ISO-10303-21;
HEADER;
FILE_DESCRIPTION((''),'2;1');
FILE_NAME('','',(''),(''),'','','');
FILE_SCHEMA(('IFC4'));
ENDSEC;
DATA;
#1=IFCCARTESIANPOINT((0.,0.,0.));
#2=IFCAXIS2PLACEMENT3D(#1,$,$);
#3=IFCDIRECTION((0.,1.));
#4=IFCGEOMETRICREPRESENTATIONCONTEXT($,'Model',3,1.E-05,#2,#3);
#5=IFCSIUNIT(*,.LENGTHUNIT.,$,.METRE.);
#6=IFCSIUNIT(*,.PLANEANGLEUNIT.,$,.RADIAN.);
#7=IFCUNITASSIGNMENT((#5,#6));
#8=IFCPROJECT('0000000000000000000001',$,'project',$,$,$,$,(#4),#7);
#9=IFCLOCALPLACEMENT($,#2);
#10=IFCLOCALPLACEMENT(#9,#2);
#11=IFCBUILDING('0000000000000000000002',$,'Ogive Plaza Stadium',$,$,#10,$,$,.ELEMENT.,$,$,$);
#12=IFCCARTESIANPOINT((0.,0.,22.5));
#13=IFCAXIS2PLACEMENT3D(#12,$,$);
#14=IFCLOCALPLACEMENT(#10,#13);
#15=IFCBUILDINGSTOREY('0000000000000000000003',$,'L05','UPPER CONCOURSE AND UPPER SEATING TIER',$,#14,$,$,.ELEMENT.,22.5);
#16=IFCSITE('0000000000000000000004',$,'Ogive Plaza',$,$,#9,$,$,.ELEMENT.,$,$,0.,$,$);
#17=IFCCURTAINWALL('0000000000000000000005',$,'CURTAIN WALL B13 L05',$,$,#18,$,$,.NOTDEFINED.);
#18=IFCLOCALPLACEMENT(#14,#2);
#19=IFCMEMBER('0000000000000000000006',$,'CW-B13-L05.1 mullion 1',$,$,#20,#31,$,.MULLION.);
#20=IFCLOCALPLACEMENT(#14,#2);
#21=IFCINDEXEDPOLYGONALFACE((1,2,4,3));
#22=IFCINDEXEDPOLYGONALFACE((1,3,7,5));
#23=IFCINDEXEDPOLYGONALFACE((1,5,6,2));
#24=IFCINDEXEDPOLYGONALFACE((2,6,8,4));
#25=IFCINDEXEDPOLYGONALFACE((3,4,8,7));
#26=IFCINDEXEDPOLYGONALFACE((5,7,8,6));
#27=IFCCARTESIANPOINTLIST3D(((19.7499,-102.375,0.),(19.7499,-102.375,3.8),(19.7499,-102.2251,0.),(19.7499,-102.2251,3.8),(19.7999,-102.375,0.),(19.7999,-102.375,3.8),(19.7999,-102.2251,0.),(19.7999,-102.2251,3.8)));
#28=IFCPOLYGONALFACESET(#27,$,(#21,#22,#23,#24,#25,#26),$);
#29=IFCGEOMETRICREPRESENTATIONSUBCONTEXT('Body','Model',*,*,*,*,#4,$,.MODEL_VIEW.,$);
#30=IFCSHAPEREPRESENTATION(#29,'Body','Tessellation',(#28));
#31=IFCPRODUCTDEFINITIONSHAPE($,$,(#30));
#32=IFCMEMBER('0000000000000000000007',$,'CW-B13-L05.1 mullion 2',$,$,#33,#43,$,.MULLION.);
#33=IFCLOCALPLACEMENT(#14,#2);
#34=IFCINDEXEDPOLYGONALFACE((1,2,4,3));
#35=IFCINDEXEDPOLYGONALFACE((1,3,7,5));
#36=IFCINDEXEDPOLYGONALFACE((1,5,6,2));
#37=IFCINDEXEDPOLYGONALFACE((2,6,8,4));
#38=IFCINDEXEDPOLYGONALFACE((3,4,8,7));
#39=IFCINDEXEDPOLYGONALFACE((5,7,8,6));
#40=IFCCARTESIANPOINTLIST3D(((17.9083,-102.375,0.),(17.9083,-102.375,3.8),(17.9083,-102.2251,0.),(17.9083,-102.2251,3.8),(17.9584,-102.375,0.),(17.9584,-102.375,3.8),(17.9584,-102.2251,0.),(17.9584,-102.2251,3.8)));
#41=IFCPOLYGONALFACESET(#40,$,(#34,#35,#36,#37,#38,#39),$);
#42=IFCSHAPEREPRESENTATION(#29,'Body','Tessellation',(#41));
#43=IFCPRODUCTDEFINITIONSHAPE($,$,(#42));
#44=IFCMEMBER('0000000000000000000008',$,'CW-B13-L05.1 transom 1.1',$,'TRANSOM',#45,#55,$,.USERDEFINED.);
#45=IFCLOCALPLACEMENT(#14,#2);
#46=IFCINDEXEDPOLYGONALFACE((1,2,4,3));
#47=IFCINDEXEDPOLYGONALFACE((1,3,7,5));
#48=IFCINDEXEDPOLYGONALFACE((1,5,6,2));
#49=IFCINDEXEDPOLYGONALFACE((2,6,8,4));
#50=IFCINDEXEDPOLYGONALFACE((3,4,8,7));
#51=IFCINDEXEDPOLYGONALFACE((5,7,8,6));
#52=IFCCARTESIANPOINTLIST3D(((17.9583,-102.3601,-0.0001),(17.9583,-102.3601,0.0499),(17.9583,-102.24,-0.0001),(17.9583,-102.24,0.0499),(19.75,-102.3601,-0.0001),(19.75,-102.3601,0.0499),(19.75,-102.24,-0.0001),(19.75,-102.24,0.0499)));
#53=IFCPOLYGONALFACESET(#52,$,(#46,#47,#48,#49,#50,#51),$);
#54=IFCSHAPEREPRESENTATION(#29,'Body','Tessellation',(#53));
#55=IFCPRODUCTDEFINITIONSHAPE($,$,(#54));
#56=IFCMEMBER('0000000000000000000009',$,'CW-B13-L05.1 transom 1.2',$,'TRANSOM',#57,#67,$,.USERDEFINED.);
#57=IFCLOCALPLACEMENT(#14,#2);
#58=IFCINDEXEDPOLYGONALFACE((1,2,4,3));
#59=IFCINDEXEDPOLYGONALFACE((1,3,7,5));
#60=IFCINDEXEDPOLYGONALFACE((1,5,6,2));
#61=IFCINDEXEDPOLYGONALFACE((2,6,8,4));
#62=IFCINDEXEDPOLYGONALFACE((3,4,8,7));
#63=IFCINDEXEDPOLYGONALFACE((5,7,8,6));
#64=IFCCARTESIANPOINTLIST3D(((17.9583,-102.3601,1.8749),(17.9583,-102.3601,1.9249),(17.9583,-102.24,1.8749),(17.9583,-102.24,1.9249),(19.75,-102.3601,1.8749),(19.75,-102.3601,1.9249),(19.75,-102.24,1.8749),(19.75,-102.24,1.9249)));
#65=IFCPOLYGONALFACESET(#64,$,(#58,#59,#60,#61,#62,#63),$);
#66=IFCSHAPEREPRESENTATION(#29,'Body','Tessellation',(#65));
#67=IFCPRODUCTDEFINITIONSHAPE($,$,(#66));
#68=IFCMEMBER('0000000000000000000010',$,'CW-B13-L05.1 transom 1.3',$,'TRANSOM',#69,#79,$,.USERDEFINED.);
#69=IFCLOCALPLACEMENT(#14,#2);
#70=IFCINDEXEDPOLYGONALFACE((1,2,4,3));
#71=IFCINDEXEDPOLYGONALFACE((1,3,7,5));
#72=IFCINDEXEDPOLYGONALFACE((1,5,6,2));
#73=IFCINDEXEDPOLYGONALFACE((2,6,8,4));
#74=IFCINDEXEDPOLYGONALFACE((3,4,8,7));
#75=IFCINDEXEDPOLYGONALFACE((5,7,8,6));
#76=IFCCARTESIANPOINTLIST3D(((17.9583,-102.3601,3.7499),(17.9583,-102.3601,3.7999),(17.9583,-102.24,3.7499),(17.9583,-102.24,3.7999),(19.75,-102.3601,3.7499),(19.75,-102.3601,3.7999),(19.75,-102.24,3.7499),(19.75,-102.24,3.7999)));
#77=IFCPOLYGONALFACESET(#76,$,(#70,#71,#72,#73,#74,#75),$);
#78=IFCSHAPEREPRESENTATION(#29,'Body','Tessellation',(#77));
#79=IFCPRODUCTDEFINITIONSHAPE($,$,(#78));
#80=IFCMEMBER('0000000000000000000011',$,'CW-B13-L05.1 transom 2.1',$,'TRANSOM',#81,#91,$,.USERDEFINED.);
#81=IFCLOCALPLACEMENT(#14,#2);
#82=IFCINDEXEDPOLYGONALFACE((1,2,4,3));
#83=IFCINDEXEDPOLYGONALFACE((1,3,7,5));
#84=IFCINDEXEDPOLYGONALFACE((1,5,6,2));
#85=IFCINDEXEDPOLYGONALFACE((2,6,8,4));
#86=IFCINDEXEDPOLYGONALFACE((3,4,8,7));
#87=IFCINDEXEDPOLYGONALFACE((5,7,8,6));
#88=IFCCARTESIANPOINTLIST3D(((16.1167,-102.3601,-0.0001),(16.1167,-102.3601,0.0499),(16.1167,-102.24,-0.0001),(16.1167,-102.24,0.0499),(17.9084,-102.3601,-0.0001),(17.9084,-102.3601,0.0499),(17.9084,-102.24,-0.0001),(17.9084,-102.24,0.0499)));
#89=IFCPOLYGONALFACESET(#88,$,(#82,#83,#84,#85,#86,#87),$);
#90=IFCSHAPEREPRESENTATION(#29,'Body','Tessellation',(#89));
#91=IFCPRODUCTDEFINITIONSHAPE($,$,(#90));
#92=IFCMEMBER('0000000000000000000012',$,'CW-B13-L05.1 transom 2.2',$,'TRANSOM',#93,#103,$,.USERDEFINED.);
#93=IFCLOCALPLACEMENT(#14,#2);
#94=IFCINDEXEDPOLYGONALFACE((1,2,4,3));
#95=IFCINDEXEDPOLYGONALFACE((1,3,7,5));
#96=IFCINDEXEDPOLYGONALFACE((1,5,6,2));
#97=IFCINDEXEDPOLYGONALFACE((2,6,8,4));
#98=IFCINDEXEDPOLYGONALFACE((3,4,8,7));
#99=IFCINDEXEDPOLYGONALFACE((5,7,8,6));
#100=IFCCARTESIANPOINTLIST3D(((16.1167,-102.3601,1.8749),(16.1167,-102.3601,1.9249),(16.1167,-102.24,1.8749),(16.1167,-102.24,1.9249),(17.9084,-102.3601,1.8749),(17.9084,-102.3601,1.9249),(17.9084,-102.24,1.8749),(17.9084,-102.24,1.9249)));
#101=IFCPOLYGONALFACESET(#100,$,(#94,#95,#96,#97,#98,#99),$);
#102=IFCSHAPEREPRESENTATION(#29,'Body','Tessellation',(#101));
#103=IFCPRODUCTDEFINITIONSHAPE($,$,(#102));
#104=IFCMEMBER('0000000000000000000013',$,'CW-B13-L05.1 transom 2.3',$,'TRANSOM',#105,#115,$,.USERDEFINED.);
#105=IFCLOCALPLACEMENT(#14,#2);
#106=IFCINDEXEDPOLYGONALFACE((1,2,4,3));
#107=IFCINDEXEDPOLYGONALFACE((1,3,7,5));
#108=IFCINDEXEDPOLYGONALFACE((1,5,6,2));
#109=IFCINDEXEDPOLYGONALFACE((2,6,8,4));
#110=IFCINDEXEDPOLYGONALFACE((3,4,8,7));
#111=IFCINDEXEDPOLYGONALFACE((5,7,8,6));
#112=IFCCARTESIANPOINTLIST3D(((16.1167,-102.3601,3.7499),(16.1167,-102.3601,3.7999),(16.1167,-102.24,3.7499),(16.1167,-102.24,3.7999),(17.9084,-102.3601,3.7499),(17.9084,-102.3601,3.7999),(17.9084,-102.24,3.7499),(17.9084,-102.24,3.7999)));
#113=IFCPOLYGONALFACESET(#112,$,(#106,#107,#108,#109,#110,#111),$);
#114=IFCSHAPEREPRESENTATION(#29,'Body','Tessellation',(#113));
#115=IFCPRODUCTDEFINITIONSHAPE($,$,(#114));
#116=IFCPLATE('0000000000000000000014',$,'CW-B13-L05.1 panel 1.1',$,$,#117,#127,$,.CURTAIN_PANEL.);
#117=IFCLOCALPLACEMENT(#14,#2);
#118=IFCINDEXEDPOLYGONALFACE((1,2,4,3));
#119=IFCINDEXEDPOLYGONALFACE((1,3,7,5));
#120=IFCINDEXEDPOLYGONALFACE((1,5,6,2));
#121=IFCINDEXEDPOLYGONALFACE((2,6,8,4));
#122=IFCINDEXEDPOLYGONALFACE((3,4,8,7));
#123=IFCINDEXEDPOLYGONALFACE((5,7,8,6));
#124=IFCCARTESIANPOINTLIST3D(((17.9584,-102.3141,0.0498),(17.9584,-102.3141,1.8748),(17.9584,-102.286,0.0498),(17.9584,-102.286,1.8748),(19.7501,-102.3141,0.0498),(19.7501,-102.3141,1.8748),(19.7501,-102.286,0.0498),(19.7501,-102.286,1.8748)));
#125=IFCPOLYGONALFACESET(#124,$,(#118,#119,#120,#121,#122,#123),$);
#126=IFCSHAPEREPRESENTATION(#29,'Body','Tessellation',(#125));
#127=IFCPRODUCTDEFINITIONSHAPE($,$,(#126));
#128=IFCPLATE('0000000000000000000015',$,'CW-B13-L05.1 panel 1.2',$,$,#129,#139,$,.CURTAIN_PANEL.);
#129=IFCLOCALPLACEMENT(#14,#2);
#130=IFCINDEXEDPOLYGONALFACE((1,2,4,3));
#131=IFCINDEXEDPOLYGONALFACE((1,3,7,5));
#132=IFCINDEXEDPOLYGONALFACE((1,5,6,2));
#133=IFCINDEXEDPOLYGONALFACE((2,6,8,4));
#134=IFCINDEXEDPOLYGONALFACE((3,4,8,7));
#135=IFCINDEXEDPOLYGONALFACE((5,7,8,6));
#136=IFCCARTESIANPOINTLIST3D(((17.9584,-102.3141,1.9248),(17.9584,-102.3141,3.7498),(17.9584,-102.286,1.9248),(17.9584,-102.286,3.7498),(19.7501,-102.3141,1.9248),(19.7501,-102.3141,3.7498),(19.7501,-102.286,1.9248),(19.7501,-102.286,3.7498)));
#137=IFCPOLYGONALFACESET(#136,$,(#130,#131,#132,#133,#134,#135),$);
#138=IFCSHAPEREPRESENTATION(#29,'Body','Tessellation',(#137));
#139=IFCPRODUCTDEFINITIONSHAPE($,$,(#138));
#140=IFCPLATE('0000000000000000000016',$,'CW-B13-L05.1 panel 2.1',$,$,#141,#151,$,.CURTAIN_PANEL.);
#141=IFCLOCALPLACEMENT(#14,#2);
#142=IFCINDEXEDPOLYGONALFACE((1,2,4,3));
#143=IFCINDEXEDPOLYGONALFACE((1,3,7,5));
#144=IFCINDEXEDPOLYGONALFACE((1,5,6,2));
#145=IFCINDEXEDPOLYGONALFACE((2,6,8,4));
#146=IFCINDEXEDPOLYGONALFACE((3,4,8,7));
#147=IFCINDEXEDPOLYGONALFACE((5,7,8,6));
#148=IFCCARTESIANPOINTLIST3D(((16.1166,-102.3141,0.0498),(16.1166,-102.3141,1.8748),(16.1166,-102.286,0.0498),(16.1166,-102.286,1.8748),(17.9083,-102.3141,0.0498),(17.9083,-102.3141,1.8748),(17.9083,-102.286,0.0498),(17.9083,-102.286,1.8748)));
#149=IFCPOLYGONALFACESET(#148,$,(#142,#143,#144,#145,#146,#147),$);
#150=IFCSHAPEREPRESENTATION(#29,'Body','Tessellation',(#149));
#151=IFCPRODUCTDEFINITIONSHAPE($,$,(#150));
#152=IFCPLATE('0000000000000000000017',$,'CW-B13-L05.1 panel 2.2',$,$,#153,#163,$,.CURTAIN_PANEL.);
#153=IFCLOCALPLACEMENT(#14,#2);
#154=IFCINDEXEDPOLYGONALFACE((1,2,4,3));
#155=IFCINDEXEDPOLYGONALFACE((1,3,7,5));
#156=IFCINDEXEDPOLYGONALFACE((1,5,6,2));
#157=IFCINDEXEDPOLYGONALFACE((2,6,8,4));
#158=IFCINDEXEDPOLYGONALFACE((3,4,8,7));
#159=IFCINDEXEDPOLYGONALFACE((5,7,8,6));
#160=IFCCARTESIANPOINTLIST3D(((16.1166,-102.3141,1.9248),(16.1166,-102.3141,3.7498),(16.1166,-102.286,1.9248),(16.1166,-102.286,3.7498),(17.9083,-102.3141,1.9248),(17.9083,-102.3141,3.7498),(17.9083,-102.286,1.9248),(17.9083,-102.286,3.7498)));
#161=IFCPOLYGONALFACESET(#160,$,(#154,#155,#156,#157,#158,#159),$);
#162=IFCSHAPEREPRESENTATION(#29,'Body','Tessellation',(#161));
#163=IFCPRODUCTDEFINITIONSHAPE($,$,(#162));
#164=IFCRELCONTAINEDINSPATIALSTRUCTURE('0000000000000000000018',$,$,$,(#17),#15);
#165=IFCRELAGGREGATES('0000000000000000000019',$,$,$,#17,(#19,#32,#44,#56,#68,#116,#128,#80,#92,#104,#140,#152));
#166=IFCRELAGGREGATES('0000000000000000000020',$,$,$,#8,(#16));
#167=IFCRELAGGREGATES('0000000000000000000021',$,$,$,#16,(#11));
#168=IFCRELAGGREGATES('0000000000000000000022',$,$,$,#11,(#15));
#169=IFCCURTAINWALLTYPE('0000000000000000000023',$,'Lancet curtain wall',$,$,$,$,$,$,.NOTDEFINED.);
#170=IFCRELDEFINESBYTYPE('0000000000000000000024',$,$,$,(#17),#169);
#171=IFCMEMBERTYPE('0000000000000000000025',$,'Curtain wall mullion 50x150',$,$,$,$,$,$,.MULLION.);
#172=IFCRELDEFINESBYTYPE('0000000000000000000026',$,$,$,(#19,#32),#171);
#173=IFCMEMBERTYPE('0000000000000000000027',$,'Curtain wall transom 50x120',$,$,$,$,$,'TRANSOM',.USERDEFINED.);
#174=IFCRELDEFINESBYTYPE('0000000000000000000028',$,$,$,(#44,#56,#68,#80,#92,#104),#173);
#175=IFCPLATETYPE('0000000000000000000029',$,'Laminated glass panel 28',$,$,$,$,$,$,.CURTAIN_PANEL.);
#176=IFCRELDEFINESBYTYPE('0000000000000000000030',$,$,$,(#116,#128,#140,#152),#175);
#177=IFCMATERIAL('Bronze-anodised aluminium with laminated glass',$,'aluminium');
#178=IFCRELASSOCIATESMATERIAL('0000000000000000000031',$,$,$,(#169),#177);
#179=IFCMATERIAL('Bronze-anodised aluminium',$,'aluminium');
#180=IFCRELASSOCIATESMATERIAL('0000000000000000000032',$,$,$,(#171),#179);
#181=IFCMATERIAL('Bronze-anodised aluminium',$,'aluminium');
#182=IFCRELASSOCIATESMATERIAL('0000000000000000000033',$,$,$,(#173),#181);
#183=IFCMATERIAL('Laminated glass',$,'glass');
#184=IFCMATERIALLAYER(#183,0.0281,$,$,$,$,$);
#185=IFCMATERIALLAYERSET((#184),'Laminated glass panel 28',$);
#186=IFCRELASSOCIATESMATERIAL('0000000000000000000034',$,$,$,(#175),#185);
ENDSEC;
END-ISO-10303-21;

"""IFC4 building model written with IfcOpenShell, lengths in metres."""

from ifc_helpers import new_model, si_unit, direction, frame, origin, origin_2d, place, context, subcontext, project, spatial, rectangle, extrude, material, layer, layer_set, material_profile, profile_set, type_object, element, aggregate, save


model = new_model("IFC4")

# Units and contexts
model_context = context("Model", 3, precision=1e-05, world=origin(), true_north=direction((0.0, 1.0)))
body_context = subcontext(model_context, "Body", "Model", "MODEL_VIEW")
ifc_project = project(units=[si_unit("LENGTHUNIT", "METRE"), si_unit("PLANEANGLEUNIT", "RADIAN")], contexts=[model_context])

# Site, building, storey
site_placement = place(None, origin())
site = spatial("IfcSite", under=ifc_project, at=site_placement, Name="Ogive Plaza", CompositionType="ELEMENT", RefElevation=0.0)
building_placement = place(site_placement, origin())
building = spatial("IfcBuilding", under=site, at=building_placement, Name="Ogive Plaza Stadium", CompositionType="ELEMENT")
storey_placement = place(building_placement, frame((0.0, 0.0, 22.5)))
storey = spatial("IfcBuildingStorey", under=building, at=storey_placement, Name="L05", Description="UPPER CONCOURSE AND UPPER SEATING TIER", CompositionType="ELEMENT", Elevation=22.5)

# Curtain wall, members, plates
ifc_material_1 = material(Name="Bronze-anodised aluminium with laminated glass", Category="aluminium")
curtain_wall_type = type_object("IfcCurtainWallType", Name="Lancet curtain wall", PredefinedType="NOTDEFINED", material=ifc_material_1)
curtain_wall_placement = place(storey_placement, origin())
curtain_wall = element("IfcCurtainWall", 1, at=curtain_wall_placement, inside=storey, type_object=curtain_wall_type, Name="CURTAIN WALL B13 L05", PredefinedType="NOTDEFINED")
ifc_material_2 = material(Name="Bronze-anodised aluminium", Category="aluminium")
ifc_material_profile_1 = material_profile(ifc_material_2, rectangle(XDim=0.1499, YDim=0.05, at=origin_2d()), Name="AL 150x50")
ifc_profile_set_1 = profile_set([ifc_material_profile_1], Name="Bronze-anodised aluminium")
member_type_1 = type_object("IfcMemberType", Name="Curtain wall mullion 50x150", PredefinedType="MULLION", material=ifc_profile_set_1)
member_1_placement = place(storey_placement, frame((19.7749, -102.3, 0.0), z_axis=(0.0, 0.0, 1.0), x_axis=(0.0, -1.0, 0.0)))
member_1 = element("IfcMember", 2, at=member_1_placement, type_object=member_type_1, Name="CW-B13-L05.1 mullion 1", PredefinedType="MULLION", context=body_context, shape_type="SweptSolid", body=[
    extrude(rectangle(XDim=0.1499, YDim=0.05, at=origin_2d()), origin(), (0.0, 0.0, 1.0), 3.8),
])
member_2_placement = place(storey_placement, frame((17.9333, -102.3, 0.0), z_axis=(0.0, 0.0, 1.0), x_axis=(0.0, -1.0, 0.0)))
member_2 = element("IfcMember", 3, at=member_2_placement, type_object=member_type_1, Name="CW-B13-L05.1 mullion 2", PredefinedType="MULLION", context=body_context, shape_type="SweptSolid", body=[
    extrude(rectangle(XDim=0.1499, YDim=0.05, at=origin_2d()), origin(), (0.0, 0.0, 1.0), 3.8),
])
ifc_material_3 = material(Name="Bronze-anodised aluminium", Category="aluminium")
ifc_material_profile_2 = material_profile(ifc_material_3, rectangle(XDim=0.1201, YDim=0.05, at=origin_2d()), Name="AL 120x50")
ifc_profile_set_2 = profile_set([ifc_material_profile_2], Name="Bronze-anodised aluminium")
member_type_2 = type_object("IfcMemberType", Name="Curtain wall transom 50x120", ElementType="TRANSOM", PredefinedType="USERDEFINED", material=ifc_profile_set_2)
member_3_placement = place(storey_placement, frame((19.75, -102.3, 0.0249), z_axis=(-1.0, 0.0, 0.0), x_axis=(0.0, -1.0, 0.0)))
member_3 = element("IfcMember", 4, at=member_3_placement, type_object=member_type_2, Name="CW-B13-L05.1 transom 1.1", ObjectType="TRANSOM", PredefinedType="USERDEFINED", context=body_context, shape_type="SweptSolid", body=[
    extrude(rectangle(XDim=0.1201, YDim=0.05, at=origin_2d()), origin(), (0.0, 0.0, 1.0), 1.7917),
])
member_4_placement = place(storey_placement, frame((19.75, -102.3, 1.8999), z_axis=(-1.0, 0.0, 0.0), x_axis=(0.0, -1.0, 0.0)))
member_4 = element("IfcMember", 5, at=member_4_placement, type_object=member_type_2, Name="CW-B13-L05.1 transom 1.2", ObjectType="TRANSOM", PredefinedType="USERDEFINED", context=body_context, shape_type="SweptSolid", body=[
    extrude(rectangle(XDim=0.1201, YDim=0.05, at=origin_2d()), origin(), (0.0, 0.0, 1.0), 1.7917),
])
member_5_placement = place(storey_placement, frame((19.75, -102.3, 3.7749), z_axis=(-1.0, 0.0, 0.0), x_axis=(0.0, -1.0, 0.0)))
member_5 = element("IfcMember", 6, at=member_5_placement, type_object=member_type_2, Name="CW-B13-L05.1 transom 1.3", ObjectType="TRANSOM", PredefinedType="USERDEFINED", context=body_context, shape_type="SweptSolid", body=[
    extrude(rectangle(XDim=0.1201, YDim=0.05, at=origin_2d()), origin(), (0.0, 0.0, 1.0), 1.7917),
])
member_6_placement = place(storey_placement, frame((17.9084, -102.3, 0.0249), z_axis=(-1.0, 0.0, 0.0), x_axis=(0.0, -1.0, 0.0)))
member_6 = element("IfcMember", 7, at=member_6_placement, type_object=member_type_2, Name="CW-B13-L05.1 transom 2.1", ObjectType="TRANSOM", PredefinedType="USERDEFINED", context=body_context, shape_type="SweptSolid", body=[
    extrude(rectangle(XDim=0.1201, YDim=0.05, at=origin_2d()), origin(), (0.0, 0.0, 1.0), 1.7917),
])
member_7_placement = place(storey_placement, frame((17.9084, -102.3, 1.8999), z_axis=(-1.0, 0.0, 0.0), x_axis=(0.0, -1.0, 0.0)))
member_7 = element("IfcMember", 8, at=member_7_placement, type_object=member_type_2, Name="CW-B13-L05.1 transom 2.2", ObjectType="TRANSOM", PredefinedType="USERDEFINED", context=body_context, shape_type="SweptSolid", body=[
    extrude(rectangle(XDim=0.1201, YDim=0.05, at=origin_2d()), origin(), (0.0, 0.0, 1.0), 1.7917),
])
member_8_placement = place(storey_placement, frame((17.9084, -102.3, 3.7749), z_axis=(-1.0, 0.0, 0.0), x_axis=(0.0, -1.0, 0.0)))
member_8 = element("IfcMember", 9, at=member_8_placement, type_object=member_type_2, Name="CW-B13-L05.1 transom 2.3", ObjectType="TRANSOM", PredefinedType="USERDEFINED", context=body_context, shape_type="SweptSolid", body=[
    extrude(rectangle(XDim=0.1201, YDim=0.05, at=origin_2d()), origin(), (0.0, 0.0, 1.0), 1.7917),
])
ifc_material_4 = material(Name="Laminated glass", Category="glass")
ifc_layer_1 = layer(ifc_material_4, 0.0281)
ifc_layer_set_1 = layer_set([ifc_layer_1], Name="Laminated glass panel 28")
plate_type = type_object("IfcPlateType", Name="Laminated glass panel 28", PredefinedType="CURTAIN_PANEL", material=ifc_layer_set_1)
plate_1_placement = place(storey_placement, frame((18.8542, -102.3, 0.0498), z_axis=(0.0, 0.0, 1.0), x_axis=(-1.0, 0.0, 0.0)))
plate_1 = element("IfcPlate", 10, at=plate_1_placement, type_object=plate_type, Name="CW-B13-L05.1 panel 1.1", PredefinedType="CURTAIN_PANEL", context=body_context, shape_type="SweptSolid", body=[
    extrude(rectangle(XDim=1.7917, YDim=0.0281, at=origin_2d()), origin(), (0.0, 0.0, 1.0), 1.825),
])
plate_2_placement = place(storey_placement, frame((18.8542, -102.3, 1.9248), z_axis=(0.0, 0.0, 1.0), x_axis=(-1.0, 0.0, 0.0)))
plate_2 = element("IfcPlate", 11, at=plate_2_placement, type_object=plate_type, Name="CW-B13-L05.1 panel 1.2", PredefinedType="CURTAIN_PANEL", context=body_context, shape_type="SweptSolid", body=[
    extrude(rectangle(XDim=1.7917, YDim=0.0281, at=origin_2d()), origin(), (0.0, 0.0, 1.0), 1.825),
])
plate_3_placement = place(storey_placement, frame((17.0125, -102.3, 0.0498), z_axis=(0.0, 0.0, 1.0), x_axis=(-1.0, 0.0, 0.0)))
plate_3 = element("IfcPlate", 12, at=plate_3_placement, type_object=plate_type, Name="CW-B13-L05.1 panel 2.1", PredefinedType="CURTAIN_PANEL", context=body_context, shape_type="SweptSolid", body=[
    extrude(rectangle(XDim=1.7917, YDim=0.0281, at=origin_2d()), origin(), (0.0, 0.0, 1.0), 1.825),
])
plate_4_placement = place(storey_placement, frame((17.0125, -102.3, 1.9248), z_axis=(0.0, 0.0, 1.0), x_axis=(-1.0, 0.0, 0.0)))
plate_4 = element("IfcPlate", 13, at=plate_4_placement, type_object=plate_type, Name="CW-B13-L05.1 panel 2.2", PredefinedType="CURTAIN_PANEL", context=body_context, shape_type="SweptSolid", body=[
    extrude(rectangle(XDim=1.7917, YDim=0.0281, at=origin_2d()), origin(), (0.0, 0.0, 1.0), 1.825),
])
aggregate(curtain_wall, [member_1, member_2, member_3, member_4, member_5, plate_1, plate_2, member_6, member_7, member_8, plate_3, plate_4])

save(model, "model.ifc")
